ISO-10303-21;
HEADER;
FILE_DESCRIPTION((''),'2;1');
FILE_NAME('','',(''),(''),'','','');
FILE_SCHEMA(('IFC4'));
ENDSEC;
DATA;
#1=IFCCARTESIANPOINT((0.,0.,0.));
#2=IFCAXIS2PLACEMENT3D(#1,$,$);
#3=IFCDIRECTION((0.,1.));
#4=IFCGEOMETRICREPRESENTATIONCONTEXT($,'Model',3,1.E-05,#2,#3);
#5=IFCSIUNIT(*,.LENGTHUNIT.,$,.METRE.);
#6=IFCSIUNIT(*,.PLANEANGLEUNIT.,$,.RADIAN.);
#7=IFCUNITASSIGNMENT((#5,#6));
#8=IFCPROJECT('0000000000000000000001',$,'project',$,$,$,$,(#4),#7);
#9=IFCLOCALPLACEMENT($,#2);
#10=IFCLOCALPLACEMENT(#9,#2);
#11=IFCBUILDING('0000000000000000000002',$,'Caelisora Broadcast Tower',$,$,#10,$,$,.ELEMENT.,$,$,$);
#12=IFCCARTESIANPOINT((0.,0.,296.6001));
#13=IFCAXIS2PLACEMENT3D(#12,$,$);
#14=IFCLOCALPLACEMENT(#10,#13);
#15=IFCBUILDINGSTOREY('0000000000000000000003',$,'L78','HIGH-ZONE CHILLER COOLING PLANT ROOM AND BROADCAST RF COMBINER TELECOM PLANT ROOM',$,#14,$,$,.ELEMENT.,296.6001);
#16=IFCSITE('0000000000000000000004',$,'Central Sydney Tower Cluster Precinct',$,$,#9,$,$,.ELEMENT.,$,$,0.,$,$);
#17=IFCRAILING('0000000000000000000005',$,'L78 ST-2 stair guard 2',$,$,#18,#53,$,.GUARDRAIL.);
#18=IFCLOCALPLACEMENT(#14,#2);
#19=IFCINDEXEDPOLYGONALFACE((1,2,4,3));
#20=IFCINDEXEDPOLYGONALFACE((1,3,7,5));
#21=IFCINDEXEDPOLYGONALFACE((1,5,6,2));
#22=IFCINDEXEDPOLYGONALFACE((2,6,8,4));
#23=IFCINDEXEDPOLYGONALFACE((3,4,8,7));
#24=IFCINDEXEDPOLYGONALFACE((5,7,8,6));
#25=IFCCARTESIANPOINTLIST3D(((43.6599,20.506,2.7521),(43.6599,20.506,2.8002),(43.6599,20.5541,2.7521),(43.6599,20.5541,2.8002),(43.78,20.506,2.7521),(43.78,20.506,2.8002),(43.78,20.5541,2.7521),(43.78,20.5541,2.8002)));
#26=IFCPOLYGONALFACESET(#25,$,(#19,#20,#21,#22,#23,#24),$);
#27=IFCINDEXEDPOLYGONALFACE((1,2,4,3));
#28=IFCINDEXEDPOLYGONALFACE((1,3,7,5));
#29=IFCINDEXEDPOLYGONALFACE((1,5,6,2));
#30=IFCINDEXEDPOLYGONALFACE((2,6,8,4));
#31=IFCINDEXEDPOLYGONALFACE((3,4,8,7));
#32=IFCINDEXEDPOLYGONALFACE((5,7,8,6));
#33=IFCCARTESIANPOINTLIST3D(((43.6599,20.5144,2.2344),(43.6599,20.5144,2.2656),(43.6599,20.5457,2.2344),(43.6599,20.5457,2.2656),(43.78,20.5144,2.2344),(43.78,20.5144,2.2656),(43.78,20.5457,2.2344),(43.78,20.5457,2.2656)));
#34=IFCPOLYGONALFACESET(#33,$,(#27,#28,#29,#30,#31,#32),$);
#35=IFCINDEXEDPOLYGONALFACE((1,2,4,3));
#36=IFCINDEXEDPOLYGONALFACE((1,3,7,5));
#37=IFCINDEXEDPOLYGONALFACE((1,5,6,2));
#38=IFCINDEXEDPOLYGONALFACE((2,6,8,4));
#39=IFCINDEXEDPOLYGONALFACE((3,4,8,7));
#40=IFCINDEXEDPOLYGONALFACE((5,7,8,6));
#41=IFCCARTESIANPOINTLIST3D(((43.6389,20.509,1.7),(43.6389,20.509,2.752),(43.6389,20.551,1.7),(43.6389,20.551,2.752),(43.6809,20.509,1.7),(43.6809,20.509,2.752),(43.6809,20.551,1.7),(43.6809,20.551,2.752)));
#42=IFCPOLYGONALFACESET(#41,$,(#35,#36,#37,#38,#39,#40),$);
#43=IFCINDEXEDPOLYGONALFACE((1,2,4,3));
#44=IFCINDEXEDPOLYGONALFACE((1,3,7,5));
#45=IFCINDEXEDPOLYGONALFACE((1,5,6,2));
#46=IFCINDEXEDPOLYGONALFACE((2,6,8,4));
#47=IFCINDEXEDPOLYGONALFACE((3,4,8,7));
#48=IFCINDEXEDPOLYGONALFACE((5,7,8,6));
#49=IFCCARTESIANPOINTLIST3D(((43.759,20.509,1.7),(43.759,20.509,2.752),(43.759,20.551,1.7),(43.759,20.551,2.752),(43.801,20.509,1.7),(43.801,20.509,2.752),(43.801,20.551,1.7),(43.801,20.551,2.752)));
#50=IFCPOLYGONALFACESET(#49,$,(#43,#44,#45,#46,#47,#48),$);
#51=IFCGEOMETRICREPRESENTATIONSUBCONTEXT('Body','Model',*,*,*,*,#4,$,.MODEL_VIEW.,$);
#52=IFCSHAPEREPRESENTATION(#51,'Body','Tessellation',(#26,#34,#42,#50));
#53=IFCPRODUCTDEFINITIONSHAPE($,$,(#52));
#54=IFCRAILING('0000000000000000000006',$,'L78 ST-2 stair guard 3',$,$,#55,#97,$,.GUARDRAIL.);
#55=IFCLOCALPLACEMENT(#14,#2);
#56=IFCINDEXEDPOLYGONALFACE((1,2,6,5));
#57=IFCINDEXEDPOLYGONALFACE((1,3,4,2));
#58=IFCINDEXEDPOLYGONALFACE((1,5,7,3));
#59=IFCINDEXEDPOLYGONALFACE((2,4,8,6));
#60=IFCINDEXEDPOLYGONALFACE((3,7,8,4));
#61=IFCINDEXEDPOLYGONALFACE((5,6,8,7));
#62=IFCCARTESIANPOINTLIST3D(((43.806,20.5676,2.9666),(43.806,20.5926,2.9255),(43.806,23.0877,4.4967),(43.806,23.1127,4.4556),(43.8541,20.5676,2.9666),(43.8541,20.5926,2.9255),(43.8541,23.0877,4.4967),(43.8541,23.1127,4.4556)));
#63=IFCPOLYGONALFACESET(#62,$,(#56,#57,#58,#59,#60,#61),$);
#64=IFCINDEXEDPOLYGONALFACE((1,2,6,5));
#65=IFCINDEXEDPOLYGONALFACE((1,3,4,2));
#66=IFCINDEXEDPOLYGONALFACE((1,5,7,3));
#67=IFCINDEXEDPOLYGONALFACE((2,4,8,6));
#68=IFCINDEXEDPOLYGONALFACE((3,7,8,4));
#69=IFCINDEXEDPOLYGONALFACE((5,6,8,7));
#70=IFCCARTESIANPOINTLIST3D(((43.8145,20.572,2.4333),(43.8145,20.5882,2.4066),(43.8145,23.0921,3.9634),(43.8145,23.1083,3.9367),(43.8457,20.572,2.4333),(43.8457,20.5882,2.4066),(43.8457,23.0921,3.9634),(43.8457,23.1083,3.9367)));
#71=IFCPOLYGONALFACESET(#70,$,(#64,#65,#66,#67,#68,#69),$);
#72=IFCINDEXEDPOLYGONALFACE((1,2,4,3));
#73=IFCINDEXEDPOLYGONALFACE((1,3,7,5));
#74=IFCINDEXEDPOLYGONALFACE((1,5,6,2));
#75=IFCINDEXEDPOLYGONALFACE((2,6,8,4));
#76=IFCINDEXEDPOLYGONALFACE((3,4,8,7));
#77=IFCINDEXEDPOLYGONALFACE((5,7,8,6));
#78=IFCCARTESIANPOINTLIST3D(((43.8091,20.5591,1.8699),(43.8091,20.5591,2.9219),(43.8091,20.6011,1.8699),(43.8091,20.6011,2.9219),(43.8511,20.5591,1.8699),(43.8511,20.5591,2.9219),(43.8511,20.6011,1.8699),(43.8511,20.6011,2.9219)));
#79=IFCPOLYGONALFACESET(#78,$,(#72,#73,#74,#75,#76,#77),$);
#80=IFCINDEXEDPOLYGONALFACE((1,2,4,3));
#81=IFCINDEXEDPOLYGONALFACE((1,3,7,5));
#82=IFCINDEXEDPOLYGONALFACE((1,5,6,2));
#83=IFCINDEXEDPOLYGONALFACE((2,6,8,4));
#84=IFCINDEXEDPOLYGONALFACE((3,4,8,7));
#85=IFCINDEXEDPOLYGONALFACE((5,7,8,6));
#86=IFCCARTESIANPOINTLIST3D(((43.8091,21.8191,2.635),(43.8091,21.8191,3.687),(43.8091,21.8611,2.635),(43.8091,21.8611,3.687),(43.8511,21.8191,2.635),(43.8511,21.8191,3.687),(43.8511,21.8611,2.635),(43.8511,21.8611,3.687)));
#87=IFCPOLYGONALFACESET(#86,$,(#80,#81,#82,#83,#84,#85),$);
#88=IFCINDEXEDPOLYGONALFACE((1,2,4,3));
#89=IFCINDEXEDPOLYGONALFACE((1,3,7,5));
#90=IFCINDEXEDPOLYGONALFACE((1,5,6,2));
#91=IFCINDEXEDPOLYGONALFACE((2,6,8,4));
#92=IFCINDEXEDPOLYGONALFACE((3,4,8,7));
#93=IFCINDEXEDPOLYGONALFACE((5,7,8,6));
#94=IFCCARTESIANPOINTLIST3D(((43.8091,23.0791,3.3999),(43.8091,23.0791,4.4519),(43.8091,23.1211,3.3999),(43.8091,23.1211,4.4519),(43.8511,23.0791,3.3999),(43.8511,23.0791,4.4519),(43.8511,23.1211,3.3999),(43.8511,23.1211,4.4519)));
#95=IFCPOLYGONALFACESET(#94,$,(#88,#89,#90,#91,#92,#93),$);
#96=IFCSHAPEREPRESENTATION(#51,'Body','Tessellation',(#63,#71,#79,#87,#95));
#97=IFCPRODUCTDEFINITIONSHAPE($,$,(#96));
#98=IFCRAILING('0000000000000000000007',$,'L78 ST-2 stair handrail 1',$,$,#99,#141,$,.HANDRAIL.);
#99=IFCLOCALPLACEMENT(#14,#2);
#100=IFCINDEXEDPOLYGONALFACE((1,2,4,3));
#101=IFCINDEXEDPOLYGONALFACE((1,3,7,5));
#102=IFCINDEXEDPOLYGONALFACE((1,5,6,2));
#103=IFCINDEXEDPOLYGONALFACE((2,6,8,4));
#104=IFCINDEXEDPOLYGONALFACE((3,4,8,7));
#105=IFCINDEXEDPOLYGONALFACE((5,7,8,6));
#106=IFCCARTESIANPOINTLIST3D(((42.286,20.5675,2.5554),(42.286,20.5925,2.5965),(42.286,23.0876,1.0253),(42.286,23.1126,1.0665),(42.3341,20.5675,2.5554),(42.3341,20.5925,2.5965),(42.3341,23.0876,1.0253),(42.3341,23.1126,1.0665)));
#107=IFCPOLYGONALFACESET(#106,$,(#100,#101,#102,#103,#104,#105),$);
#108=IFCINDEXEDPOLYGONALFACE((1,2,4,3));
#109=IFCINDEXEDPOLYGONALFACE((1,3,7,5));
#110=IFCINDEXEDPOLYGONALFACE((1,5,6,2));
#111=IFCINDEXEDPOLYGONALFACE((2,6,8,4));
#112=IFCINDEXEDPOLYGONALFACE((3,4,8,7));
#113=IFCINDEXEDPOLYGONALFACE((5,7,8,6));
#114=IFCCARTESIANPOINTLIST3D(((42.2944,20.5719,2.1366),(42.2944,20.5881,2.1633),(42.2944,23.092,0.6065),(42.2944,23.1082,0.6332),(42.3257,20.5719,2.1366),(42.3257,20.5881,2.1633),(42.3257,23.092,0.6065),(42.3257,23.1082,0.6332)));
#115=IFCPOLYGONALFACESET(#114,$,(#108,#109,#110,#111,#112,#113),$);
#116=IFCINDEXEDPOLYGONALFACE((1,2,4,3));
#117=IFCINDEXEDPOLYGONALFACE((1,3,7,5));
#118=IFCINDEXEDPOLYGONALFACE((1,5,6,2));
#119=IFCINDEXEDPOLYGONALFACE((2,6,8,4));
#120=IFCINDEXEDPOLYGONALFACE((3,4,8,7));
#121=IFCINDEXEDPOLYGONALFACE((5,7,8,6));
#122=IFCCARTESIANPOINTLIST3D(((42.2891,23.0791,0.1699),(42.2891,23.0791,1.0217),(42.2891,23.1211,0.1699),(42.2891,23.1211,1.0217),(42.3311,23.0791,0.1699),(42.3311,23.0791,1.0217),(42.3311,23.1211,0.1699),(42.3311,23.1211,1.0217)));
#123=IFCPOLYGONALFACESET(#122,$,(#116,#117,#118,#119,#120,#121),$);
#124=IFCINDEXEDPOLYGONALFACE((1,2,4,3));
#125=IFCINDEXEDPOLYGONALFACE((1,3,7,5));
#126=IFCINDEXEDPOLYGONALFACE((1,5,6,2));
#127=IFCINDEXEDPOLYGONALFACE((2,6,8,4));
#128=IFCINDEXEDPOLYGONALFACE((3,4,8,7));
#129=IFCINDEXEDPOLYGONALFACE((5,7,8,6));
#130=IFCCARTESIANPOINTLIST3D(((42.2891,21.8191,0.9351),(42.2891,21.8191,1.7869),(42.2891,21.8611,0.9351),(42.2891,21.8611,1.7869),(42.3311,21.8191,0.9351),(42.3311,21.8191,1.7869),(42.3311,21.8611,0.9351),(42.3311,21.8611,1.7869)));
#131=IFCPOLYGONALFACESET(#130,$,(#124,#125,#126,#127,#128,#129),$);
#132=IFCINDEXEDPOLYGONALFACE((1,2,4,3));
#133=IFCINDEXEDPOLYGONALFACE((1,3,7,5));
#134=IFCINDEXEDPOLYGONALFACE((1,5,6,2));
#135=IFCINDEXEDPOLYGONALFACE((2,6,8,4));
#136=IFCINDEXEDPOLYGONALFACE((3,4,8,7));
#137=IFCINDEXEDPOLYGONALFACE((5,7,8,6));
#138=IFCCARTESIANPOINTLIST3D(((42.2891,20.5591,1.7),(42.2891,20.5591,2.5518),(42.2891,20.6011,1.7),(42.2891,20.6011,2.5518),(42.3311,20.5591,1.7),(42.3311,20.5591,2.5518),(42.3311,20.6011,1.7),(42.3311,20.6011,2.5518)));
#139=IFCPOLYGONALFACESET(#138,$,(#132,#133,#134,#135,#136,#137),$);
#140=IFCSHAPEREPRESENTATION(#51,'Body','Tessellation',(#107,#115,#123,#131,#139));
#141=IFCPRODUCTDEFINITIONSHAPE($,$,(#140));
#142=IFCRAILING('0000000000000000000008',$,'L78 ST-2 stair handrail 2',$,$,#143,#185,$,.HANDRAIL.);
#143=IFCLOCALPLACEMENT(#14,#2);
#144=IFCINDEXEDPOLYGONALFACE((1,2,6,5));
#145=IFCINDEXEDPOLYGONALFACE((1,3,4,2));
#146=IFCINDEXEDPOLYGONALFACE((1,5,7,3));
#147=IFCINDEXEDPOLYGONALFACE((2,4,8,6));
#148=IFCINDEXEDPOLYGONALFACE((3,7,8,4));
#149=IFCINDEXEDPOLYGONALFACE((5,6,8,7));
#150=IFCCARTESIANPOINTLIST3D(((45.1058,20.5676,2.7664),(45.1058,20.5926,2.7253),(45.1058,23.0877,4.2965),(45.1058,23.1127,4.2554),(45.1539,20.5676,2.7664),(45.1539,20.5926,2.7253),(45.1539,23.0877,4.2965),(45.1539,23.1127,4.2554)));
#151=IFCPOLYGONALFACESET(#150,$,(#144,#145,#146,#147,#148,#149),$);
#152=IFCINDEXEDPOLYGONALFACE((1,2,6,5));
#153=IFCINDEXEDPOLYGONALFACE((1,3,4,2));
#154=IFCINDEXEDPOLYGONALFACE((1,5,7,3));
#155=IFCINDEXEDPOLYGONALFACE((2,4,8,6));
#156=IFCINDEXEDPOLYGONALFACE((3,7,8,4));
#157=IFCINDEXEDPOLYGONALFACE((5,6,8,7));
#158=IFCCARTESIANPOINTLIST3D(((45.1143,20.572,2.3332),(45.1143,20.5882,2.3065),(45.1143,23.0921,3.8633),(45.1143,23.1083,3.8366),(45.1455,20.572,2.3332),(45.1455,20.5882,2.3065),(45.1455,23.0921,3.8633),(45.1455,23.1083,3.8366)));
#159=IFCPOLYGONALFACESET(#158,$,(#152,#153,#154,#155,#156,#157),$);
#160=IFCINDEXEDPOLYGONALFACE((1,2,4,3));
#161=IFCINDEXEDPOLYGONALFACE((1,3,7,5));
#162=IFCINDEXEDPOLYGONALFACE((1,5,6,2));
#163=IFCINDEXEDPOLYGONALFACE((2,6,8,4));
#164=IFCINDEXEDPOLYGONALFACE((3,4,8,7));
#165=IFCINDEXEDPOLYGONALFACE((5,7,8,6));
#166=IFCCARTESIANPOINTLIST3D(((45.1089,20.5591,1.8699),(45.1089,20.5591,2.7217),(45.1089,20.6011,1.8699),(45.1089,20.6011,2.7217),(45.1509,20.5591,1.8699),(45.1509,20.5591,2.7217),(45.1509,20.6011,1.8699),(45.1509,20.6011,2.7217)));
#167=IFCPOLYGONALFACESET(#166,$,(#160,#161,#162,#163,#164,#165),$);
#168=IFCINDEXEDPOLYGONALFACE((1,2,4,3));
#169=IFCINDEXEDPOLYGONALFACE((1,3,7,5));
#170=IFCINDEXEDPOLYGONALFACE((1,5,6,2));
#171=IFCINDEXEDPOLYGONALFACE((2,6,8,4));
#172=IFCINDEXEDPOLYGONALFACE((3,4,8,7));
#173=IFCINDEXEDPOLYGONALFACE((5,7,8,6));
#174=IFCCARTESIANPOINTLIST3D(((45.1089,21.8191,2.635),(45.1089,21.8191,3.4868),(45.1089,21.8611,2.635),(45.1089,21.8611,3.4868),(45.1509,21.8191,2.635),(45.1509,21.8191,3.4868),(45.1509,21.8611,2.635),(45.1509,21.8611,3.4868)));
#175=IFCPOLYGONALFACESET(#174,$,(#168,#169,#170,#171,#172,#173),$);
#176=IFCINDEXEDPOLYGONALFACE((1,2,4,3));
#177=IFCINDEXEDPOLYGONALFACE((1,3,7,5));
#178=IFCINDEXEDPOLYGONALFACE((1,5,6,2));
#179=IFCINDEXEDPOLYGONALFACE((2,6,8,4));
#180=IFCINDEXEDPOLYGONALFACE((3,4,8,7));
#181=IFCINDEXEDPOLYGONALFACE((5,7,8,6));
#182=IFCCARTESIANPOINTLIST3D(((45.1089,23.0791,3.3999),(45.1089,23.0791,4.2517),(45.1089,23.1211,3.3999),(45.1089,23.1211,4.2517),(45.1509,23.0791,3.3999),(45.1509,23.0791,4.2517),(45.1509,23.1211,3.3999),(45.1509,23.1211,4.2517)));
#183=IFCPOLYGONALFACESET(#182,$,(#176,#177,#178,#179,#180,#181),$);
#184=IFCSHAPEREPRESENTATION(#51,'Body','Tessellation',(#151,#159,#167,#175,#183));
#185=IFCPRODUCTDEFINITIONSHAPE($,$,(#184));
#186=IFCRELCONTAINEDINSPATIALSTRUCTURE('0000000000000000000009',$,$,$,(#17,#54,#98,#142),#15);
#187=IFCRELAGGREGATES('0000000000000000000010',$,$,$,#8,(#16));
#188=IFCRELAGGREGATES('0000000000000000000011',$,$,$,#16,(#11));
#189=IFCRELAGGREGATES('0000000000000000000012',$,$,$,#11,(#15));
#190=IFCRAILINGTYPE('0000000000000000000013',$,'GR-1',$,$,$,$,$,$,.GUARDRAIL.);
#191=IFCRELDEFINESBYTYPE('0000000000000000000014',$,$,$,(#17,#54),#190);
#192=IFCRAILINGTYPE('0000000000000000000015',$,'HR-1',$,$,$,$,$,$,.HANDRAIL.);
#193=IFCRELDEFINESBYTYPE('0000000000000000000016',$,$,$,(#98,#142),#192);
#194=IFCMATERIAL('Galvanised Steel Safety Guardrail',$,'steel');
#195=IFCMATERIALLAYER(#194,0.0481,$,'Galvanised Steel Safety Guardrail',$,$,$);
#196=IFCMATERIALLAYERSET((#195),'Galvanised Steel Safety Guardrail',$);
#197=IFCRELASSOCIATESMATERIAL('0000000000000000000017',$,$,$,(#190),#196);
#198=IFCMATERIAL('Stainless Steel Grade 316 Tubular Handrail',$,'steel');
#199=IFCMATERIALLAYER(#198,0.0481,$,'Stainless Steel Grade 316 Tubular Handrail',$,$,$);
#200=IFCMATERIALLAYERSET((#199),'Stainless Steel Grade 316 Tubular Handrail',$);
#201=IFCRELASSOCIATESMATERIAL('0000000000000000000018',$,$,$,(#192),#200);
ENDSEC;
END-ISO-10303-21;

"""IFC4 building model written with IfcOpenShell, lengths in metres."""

from ifc_helpers import new_model, si_unit, direction, frame, origin, origin_2d, place, context, subcontext, project, spatial, rectangle, extrude, material, layer, layer_set, type_object, element, save


model = new_model("IFC4")

# Units and contexts
model_context = context("Model", 3, precision=1e-05, world=origin(), true_north=direction((0.0, 1.0)))
body_context = subcontext(model_context, "Body", "Model", "MODEL_VIEW")
ifc_project = project(units=[si_unit("LENGTHUNIT", "METRE"), si_unit("PLANEANGLEUNIT", "RADIAN")], contexts=[model_context])

# Site, building, storey
site_placement = place(None, origin())
site = spatial("IfcSite", under=ifc_project, at=site_placement, Name="Central Sydney Tower Cluster Precinct", CompositionType="ELEMENT", RefElevation=0.0)
building_placement = place(site_placement, origin())
building = spatial("IfcBuilding", under=site, at=building_placement, Name="Caelisora Broadcast Tower", CompositionType="ELEMENT")
storey_placement = place(building_placement, frame((0.0, 0.0, 296.6001)))
storey = spatial("IfcBuildingStorey", under=building, at=storey_placement, Name="L78", Description="HIGH-ZONE CHILLER COOLING PLANT ROOM AND BROADCAST RF COMBINER TELECOM PLANT ROOM", CompositionType="ELEMENT", Elevation=296.6001)

# Railings
ifc_material_1 = material(Name="Galvanised Steel Safety Guardrail", Category="steel")
ifc_layer_1 = layer(ifc_material_1, 0.0481, Name="Galvanised Steel Safety Guardrail")
ifc_layer_set_1 = layer_set([ifc_layer_1], Name="Galvanised Steel Safety Guardrail")
railing_type_1 = type_object("IfcRailingType", Name="GR-1", PredefinedType="GUARDRAIL", material=ifc_layer_set_1)
railing_1_placement = place(storey_placement, frame((43.6599, 20.53, 1.7)))
element("IfcRailing", 1, at=railing_1_placement, inside=storey, type_object=railing_type_1, Name="L78 ST-2 stair guard 2", PredefinedType="GUARDRAIL", context=body_context, shape_type="SweptSolid", body=[
    extrude(rectangle(XDim=0.0481, YDim=0.0481, at=origin_2d()), frame((0.0, 0.0, 1.0762), z_axis=(1.0, 0.0, 0.0), x_axis=(0.0, 1.0, 0.0)), (0.0, 0.0, 1.0), 0.1201),
    extrude(rectangle(XDim=0.0312, YDim=0.0312, at=origin_2d()), frame((0.0, 0.0, 0.55), z_axis=(1.0, 0.0, 0.0), x_axis=(0.0, 1.0, 0.0)), (0.0, 0.0, 1.0), 0.1201),
    extrude(rectangle(XDim=0.042, YDim=0.042, at=origin_2d()), origin(), (0.0, 0.0, 1.0), 1.052),
    extrude(rectangle(XDim=0.042, YDim=0.042, at=origin_2d()), frame((0.1201, 0.0, 0.0)), (0.0, 0.0, 1.0), 1.052),
])
railing_2_placement = place(storey_placement, frame((43.8301, 20.5801, 1.8699)))
element("IfcRailing", 2, at=railing_2_placement, inside=storey, type_object=railing_type_1, Name="L78 ST-2 stair guard 3", PredefinedType="GUARDRAIL", context=body_context, shape_type="SweptSolid", body=[
    extrude(rectangle(XDim=0.0481, YDim=0.0481, at=origin_2d()), frame((0.0, 0.0, 1.0762), z_axis=(0.0, 0.854785, 0.518982), x_axis=(-1.0, 0.0, 0.0)), (0.0, 0.0, 1.0), 2.9482),
    extrude(rectangle(XDim=0.0312, YDim=0.0312, at=origin_2d()), frame((0.0, 0.0, 0.55), z_axis=(0.0, 0.854785, 0.518982), x_axis=(-1.0, 0.0, 0.0)), (0.0, 0.0, 1.0), 2.9482),
    extrude(rectangle(XDim=0.042, YDim=0.042, at=origin_2d()), origin(), (0.0, 0.0, 1.0), 1.052),
    extrude(rectangle(XDim=0.042, YDim=0.042, at=origin_2d()), frame((0.0, 1.26, 0.7651)), (0.0, 0.0, 1.0), 1.052),
    extrude(rectangle(XDim=0.042, YDim=0.042, at=origin_2d()), frame((0.0, 2.52, 1.53)), (0.0, 0.0, 1.0), 1.052),
])
ifc_material_2 = material(Name="Stainless Steel Grade 316 Tubular Handrail", Category="steel")
ifc_layer_2 = layer(ifc_material_2, 0.0481, Name="Stainless Steel Grade 316 Tubular Handrail")
ifc_layer_set_2 = layer_set([ifc_layer_2], Name="Stainless Steel Grade 316 Tubular Handrail")
railing_type_2 = type_object("IfcRailingType", Name="HR-1", PredefinedType="HANDRAIL", material=ifc_layer_set_2)
railing_3_placement = place(storey_placement, frame((42.3101, 23.1001, 0.1699)))
element("IfcRailing", 3, at=railing_3_placement, inside=storey, type_object=railing_type_2, Name="L78 ST-2 stair handrail 1", PredefinedType="HANDRAIL", context=body_context, shape_type="SweptSolid", body=[
    extrude(rectangle(XDim=0.0481, YDim=0.0481, at=origin_2d()), frame((0.0, 0.0, 0.876), z_axis=(0.0, -0.854785, 0.518982), x_axis=(1.0, 0.0, 0.0)), (0.0, 0.0, 1.0), 2.9482),
    extrude(rectangle(XDim=0.0312, YDim=0.0312, at=origin_2d()), frame((0.0, 0.0, 0.45), z_axis=(0.0, -0.854785, 0.518982), x_axis=(1.0, 0.0, 0.0)), (0.0, 0.0, 1.0), 2.9482),
    extrude(rectangle(XDim=0.042, YDim=0.042, at=origin_2d()), origin(), (0.0, 0.0, 1.0), 0.8518),
    extrude(rectangle(XDim=0.042, YDim=0.042, at=origin_2d()), frame((0.0, -1.26, 0.7651)), (0.0, 0.0, 1.0), 0.8518),
    extrude(rectangle(XDim=0.042, YDim=0.042, at=origin_2d()), frame((0.0, -2.52, 1.53)), (0.0, 0.0, 1.0), 0.8518),
])
railing_4_placement = place(storey_placement, frame((45.1299, 20.5801, 1.8699)))
element("IfcRailing", 4, at=railing_4_placement, inside=storey, type_object=railing_type_2, Name="L78 ST-2 stair handrail 2", PredefinedType="HANDRAIL", context=body_context, shape_type="SweptSolid", body=[
    extrude(rectangle(XDim=0.0481, YDim=0.0481, at=origin_2d()), frame((0.0, 0.0, 0.876), z_axis=(0.0, 0.854785, 0.518982), x_axis=(-1.0, 0.0, 0.0)), (0.0, 0.0, 1.0), 2.9482),
    extrude(rectangle(XDim=0.0312, YDim=0.0312, at=origin_2d()), frame((0.0, 0.0, 0.45), z_axis=(0.0, 0.854785, 0.518982), x_axis=(-1.0, 0.0, 0.0)), (0.0, 0.0, 1.0), 2.9482),
    extrude(rectangle(XDim=0.042, YDim=0.042, at=origin_2d()), origin(), (0.0, 0.0, 1.0), 0.8518),
    extrude(rectangle(XDim=0.042, YDim=0.042, at=origin_2d()), frame((0.0, 1.26, 0.7651)), (0.0, 0.0, 1.0), 0.8518),
    extrude(rectangle(XDim=0.042, YDim=0.042, at=origin_2d()), frame((0.0, 2.52, 1.53)), (0.0, 0.0, 1.0), 0.8518),
])

save(model, "model.ifc")
